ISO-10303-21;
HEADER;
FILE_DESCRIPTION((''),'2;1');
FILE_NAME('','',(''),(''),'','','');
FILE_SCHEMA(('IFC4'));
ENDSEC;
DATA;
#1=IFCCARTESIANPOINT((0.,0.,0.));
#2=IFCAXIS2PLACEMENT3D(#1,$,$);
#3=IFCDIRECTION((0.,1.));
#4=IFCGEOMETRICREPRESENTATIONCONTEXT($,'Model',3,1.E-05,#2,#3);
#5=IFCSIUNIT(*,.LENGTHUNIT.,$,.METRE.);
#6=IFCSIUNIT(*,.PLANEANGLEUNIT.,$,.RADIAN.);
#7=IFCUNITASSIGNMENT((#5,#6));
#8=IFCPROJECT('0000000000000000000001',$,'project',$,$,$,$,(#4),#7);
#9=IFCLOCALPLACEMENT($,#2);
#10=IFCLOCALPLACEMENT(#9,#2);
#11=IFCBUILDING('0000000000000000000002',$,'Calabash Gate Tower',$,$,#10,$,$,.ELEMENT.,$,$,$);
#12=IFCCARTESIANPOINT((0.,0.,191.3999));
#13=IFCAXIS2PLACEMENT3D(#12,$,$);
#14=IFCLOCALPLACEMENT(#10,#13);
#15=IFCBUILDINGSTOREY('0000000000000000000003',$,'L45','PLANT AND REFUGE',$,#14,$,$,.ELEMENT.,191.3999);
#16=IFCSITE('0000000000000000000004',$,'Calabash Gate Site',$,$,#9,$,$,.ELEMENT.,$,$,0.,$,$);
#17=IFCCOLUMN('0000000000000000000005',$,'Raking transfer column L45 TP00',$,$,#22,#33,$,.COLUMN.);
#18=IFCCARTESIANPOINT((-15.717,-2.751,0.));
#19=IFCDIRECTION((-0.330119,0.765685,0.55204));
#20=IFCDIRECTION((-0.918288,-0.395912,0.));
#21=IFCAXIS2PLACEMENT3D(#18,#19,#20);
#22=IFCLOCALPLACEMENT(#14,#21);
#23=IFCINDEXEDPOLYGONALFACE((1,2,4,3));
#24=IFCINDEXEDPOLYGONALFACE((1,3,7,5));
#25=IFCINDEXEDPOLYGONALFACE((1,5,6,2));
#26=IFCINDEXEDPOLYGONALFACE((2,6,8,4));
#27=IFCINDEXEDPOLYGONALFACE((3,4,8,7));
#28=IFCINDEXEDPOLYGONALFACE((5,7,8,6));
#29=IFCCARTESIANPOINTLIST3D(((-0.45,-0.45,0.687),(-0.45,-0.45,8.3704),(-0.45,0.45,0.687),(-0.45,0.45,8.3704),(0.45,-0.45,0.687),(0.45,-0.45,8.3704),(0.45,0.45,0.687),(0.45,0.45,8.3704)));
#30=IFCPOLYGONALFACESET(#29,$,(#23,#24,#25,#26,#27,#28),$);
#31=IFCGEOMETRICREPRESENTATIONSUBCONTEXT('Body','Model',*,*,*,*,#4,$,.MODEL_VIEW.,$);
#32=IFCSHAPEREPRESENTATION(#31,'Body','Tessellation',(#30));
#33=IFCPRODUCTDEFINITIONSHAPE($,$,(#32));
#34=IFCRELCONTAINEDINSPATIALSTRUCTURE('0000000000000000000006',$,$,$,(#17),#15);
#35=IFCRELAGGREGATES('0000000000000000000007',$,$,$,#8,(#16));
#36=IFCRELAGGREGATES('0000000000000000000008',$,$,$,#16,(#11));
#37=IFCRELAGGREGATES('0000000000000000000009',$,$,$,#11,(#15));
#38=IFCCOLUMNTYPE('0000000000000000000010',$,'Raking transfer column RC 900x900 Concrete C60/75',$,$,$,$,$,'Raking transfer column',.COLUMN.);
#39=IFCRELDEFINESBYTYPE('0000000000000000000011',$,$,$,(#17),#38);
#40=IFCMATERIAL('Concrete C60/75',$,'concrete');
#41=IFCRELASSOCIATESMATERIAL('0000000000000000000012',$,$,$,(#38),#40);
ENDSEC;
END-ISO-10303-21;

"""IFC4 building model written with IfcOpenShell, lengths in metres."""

from ifc_helpers import new_model, si_unit, direction, frame, origin, origin_2d, place, context, subcontext, project, spatial, rectangle, extrude, clip, halfspace, material, material_profile, profile_set, type_object, element, save


model = new_model("IFC4")

# Units and contexts
model_context = context("Model", 3, precision=1e-05, world=origin(), true_north=direction((0.0, 1.0)))
body_context = subcontext(model_context, "Body", "Model", "MODEL_VIEW")
ifc_project = project(units=[si_unit("LENGTHUNIT", "METRE"), si_unit("PLANEANGLEUNIT", "RADIAN")], contexts=[model_context])

# Site, building, storey
site_placement = place(None, origin())
site = spatial("IfcSite", under=ifc_project, at=site_placement, Name="Calabash Gate Site", CompositionType="ELEMENT", RefElevation=0.0)
building_placement = place(site_placement, origin())
building = spatial("IfcBuilding", under=site, at=building_placement, Name="Calabash Gate Tower", CompositionType="ELEMENT")
storey_placement = place(building_placement, frame((0.0, 0.0, 191.3999)))
storey = spatial("IfcBuildingStorey", under=building, at=storey_placement, Name="L45", Description="PLANT AND REFUGE", CompositionType="ELEMENT", Elevation=191.3999)

# Column
ifc_material_1 = material(Name="Concrete C60/75", Category="concrete")
ifc_material_profile_1 = material_profile(ifc_material_1, rectangle(XDim=0.8999, YDim=0.8999, at=origin_2d()))
ifc_profile_set_1 = profile_set([ifc_material_profile_1], Name="Concrete C60/75")
column_type_1 = type_object("IfcColumnType", Name="Raking transfer column RC 900x900 Concrete C60/75", ElementType="Raking transfer column", PredefinedType="COLUMN", material=ifc_profile_set_1)
column_1_placement = place(storey_placement, frame((-15.717, -2.751, 0.0), z_axis=(-0.330119, 0.765685, 0.55204), x_axis=(-0.918288, -0.395912, 0.0)))
element("IfcColumn", 1, at=column_1_placement, inside=storey, type_object=column_type_1, Name="Raking transfer column L45 TP00", PredefinedType="COLUMN", context=body_context, shape_type="Clipping", body=[
    clip(clip(extrude(rectangle(XDim=0.8999, YDim=0.8999, at=origin_2d()), origin(), (0.0, 0.0, 1.0), 9.0574), halfspace(frame((0.0, 0.0, 0.687), z_axis=(0.0, 0.0, 1.0), x_axis=(1.0, 0.0, 0.0)), True)), halfspace(frame((0.0, 0.0, 8.3704), z_axis=(0.0, 0.0, 1.0), x_axis=(1.0, 0.0, 0.0)), False)),
])

save(model, "model.ifc")
